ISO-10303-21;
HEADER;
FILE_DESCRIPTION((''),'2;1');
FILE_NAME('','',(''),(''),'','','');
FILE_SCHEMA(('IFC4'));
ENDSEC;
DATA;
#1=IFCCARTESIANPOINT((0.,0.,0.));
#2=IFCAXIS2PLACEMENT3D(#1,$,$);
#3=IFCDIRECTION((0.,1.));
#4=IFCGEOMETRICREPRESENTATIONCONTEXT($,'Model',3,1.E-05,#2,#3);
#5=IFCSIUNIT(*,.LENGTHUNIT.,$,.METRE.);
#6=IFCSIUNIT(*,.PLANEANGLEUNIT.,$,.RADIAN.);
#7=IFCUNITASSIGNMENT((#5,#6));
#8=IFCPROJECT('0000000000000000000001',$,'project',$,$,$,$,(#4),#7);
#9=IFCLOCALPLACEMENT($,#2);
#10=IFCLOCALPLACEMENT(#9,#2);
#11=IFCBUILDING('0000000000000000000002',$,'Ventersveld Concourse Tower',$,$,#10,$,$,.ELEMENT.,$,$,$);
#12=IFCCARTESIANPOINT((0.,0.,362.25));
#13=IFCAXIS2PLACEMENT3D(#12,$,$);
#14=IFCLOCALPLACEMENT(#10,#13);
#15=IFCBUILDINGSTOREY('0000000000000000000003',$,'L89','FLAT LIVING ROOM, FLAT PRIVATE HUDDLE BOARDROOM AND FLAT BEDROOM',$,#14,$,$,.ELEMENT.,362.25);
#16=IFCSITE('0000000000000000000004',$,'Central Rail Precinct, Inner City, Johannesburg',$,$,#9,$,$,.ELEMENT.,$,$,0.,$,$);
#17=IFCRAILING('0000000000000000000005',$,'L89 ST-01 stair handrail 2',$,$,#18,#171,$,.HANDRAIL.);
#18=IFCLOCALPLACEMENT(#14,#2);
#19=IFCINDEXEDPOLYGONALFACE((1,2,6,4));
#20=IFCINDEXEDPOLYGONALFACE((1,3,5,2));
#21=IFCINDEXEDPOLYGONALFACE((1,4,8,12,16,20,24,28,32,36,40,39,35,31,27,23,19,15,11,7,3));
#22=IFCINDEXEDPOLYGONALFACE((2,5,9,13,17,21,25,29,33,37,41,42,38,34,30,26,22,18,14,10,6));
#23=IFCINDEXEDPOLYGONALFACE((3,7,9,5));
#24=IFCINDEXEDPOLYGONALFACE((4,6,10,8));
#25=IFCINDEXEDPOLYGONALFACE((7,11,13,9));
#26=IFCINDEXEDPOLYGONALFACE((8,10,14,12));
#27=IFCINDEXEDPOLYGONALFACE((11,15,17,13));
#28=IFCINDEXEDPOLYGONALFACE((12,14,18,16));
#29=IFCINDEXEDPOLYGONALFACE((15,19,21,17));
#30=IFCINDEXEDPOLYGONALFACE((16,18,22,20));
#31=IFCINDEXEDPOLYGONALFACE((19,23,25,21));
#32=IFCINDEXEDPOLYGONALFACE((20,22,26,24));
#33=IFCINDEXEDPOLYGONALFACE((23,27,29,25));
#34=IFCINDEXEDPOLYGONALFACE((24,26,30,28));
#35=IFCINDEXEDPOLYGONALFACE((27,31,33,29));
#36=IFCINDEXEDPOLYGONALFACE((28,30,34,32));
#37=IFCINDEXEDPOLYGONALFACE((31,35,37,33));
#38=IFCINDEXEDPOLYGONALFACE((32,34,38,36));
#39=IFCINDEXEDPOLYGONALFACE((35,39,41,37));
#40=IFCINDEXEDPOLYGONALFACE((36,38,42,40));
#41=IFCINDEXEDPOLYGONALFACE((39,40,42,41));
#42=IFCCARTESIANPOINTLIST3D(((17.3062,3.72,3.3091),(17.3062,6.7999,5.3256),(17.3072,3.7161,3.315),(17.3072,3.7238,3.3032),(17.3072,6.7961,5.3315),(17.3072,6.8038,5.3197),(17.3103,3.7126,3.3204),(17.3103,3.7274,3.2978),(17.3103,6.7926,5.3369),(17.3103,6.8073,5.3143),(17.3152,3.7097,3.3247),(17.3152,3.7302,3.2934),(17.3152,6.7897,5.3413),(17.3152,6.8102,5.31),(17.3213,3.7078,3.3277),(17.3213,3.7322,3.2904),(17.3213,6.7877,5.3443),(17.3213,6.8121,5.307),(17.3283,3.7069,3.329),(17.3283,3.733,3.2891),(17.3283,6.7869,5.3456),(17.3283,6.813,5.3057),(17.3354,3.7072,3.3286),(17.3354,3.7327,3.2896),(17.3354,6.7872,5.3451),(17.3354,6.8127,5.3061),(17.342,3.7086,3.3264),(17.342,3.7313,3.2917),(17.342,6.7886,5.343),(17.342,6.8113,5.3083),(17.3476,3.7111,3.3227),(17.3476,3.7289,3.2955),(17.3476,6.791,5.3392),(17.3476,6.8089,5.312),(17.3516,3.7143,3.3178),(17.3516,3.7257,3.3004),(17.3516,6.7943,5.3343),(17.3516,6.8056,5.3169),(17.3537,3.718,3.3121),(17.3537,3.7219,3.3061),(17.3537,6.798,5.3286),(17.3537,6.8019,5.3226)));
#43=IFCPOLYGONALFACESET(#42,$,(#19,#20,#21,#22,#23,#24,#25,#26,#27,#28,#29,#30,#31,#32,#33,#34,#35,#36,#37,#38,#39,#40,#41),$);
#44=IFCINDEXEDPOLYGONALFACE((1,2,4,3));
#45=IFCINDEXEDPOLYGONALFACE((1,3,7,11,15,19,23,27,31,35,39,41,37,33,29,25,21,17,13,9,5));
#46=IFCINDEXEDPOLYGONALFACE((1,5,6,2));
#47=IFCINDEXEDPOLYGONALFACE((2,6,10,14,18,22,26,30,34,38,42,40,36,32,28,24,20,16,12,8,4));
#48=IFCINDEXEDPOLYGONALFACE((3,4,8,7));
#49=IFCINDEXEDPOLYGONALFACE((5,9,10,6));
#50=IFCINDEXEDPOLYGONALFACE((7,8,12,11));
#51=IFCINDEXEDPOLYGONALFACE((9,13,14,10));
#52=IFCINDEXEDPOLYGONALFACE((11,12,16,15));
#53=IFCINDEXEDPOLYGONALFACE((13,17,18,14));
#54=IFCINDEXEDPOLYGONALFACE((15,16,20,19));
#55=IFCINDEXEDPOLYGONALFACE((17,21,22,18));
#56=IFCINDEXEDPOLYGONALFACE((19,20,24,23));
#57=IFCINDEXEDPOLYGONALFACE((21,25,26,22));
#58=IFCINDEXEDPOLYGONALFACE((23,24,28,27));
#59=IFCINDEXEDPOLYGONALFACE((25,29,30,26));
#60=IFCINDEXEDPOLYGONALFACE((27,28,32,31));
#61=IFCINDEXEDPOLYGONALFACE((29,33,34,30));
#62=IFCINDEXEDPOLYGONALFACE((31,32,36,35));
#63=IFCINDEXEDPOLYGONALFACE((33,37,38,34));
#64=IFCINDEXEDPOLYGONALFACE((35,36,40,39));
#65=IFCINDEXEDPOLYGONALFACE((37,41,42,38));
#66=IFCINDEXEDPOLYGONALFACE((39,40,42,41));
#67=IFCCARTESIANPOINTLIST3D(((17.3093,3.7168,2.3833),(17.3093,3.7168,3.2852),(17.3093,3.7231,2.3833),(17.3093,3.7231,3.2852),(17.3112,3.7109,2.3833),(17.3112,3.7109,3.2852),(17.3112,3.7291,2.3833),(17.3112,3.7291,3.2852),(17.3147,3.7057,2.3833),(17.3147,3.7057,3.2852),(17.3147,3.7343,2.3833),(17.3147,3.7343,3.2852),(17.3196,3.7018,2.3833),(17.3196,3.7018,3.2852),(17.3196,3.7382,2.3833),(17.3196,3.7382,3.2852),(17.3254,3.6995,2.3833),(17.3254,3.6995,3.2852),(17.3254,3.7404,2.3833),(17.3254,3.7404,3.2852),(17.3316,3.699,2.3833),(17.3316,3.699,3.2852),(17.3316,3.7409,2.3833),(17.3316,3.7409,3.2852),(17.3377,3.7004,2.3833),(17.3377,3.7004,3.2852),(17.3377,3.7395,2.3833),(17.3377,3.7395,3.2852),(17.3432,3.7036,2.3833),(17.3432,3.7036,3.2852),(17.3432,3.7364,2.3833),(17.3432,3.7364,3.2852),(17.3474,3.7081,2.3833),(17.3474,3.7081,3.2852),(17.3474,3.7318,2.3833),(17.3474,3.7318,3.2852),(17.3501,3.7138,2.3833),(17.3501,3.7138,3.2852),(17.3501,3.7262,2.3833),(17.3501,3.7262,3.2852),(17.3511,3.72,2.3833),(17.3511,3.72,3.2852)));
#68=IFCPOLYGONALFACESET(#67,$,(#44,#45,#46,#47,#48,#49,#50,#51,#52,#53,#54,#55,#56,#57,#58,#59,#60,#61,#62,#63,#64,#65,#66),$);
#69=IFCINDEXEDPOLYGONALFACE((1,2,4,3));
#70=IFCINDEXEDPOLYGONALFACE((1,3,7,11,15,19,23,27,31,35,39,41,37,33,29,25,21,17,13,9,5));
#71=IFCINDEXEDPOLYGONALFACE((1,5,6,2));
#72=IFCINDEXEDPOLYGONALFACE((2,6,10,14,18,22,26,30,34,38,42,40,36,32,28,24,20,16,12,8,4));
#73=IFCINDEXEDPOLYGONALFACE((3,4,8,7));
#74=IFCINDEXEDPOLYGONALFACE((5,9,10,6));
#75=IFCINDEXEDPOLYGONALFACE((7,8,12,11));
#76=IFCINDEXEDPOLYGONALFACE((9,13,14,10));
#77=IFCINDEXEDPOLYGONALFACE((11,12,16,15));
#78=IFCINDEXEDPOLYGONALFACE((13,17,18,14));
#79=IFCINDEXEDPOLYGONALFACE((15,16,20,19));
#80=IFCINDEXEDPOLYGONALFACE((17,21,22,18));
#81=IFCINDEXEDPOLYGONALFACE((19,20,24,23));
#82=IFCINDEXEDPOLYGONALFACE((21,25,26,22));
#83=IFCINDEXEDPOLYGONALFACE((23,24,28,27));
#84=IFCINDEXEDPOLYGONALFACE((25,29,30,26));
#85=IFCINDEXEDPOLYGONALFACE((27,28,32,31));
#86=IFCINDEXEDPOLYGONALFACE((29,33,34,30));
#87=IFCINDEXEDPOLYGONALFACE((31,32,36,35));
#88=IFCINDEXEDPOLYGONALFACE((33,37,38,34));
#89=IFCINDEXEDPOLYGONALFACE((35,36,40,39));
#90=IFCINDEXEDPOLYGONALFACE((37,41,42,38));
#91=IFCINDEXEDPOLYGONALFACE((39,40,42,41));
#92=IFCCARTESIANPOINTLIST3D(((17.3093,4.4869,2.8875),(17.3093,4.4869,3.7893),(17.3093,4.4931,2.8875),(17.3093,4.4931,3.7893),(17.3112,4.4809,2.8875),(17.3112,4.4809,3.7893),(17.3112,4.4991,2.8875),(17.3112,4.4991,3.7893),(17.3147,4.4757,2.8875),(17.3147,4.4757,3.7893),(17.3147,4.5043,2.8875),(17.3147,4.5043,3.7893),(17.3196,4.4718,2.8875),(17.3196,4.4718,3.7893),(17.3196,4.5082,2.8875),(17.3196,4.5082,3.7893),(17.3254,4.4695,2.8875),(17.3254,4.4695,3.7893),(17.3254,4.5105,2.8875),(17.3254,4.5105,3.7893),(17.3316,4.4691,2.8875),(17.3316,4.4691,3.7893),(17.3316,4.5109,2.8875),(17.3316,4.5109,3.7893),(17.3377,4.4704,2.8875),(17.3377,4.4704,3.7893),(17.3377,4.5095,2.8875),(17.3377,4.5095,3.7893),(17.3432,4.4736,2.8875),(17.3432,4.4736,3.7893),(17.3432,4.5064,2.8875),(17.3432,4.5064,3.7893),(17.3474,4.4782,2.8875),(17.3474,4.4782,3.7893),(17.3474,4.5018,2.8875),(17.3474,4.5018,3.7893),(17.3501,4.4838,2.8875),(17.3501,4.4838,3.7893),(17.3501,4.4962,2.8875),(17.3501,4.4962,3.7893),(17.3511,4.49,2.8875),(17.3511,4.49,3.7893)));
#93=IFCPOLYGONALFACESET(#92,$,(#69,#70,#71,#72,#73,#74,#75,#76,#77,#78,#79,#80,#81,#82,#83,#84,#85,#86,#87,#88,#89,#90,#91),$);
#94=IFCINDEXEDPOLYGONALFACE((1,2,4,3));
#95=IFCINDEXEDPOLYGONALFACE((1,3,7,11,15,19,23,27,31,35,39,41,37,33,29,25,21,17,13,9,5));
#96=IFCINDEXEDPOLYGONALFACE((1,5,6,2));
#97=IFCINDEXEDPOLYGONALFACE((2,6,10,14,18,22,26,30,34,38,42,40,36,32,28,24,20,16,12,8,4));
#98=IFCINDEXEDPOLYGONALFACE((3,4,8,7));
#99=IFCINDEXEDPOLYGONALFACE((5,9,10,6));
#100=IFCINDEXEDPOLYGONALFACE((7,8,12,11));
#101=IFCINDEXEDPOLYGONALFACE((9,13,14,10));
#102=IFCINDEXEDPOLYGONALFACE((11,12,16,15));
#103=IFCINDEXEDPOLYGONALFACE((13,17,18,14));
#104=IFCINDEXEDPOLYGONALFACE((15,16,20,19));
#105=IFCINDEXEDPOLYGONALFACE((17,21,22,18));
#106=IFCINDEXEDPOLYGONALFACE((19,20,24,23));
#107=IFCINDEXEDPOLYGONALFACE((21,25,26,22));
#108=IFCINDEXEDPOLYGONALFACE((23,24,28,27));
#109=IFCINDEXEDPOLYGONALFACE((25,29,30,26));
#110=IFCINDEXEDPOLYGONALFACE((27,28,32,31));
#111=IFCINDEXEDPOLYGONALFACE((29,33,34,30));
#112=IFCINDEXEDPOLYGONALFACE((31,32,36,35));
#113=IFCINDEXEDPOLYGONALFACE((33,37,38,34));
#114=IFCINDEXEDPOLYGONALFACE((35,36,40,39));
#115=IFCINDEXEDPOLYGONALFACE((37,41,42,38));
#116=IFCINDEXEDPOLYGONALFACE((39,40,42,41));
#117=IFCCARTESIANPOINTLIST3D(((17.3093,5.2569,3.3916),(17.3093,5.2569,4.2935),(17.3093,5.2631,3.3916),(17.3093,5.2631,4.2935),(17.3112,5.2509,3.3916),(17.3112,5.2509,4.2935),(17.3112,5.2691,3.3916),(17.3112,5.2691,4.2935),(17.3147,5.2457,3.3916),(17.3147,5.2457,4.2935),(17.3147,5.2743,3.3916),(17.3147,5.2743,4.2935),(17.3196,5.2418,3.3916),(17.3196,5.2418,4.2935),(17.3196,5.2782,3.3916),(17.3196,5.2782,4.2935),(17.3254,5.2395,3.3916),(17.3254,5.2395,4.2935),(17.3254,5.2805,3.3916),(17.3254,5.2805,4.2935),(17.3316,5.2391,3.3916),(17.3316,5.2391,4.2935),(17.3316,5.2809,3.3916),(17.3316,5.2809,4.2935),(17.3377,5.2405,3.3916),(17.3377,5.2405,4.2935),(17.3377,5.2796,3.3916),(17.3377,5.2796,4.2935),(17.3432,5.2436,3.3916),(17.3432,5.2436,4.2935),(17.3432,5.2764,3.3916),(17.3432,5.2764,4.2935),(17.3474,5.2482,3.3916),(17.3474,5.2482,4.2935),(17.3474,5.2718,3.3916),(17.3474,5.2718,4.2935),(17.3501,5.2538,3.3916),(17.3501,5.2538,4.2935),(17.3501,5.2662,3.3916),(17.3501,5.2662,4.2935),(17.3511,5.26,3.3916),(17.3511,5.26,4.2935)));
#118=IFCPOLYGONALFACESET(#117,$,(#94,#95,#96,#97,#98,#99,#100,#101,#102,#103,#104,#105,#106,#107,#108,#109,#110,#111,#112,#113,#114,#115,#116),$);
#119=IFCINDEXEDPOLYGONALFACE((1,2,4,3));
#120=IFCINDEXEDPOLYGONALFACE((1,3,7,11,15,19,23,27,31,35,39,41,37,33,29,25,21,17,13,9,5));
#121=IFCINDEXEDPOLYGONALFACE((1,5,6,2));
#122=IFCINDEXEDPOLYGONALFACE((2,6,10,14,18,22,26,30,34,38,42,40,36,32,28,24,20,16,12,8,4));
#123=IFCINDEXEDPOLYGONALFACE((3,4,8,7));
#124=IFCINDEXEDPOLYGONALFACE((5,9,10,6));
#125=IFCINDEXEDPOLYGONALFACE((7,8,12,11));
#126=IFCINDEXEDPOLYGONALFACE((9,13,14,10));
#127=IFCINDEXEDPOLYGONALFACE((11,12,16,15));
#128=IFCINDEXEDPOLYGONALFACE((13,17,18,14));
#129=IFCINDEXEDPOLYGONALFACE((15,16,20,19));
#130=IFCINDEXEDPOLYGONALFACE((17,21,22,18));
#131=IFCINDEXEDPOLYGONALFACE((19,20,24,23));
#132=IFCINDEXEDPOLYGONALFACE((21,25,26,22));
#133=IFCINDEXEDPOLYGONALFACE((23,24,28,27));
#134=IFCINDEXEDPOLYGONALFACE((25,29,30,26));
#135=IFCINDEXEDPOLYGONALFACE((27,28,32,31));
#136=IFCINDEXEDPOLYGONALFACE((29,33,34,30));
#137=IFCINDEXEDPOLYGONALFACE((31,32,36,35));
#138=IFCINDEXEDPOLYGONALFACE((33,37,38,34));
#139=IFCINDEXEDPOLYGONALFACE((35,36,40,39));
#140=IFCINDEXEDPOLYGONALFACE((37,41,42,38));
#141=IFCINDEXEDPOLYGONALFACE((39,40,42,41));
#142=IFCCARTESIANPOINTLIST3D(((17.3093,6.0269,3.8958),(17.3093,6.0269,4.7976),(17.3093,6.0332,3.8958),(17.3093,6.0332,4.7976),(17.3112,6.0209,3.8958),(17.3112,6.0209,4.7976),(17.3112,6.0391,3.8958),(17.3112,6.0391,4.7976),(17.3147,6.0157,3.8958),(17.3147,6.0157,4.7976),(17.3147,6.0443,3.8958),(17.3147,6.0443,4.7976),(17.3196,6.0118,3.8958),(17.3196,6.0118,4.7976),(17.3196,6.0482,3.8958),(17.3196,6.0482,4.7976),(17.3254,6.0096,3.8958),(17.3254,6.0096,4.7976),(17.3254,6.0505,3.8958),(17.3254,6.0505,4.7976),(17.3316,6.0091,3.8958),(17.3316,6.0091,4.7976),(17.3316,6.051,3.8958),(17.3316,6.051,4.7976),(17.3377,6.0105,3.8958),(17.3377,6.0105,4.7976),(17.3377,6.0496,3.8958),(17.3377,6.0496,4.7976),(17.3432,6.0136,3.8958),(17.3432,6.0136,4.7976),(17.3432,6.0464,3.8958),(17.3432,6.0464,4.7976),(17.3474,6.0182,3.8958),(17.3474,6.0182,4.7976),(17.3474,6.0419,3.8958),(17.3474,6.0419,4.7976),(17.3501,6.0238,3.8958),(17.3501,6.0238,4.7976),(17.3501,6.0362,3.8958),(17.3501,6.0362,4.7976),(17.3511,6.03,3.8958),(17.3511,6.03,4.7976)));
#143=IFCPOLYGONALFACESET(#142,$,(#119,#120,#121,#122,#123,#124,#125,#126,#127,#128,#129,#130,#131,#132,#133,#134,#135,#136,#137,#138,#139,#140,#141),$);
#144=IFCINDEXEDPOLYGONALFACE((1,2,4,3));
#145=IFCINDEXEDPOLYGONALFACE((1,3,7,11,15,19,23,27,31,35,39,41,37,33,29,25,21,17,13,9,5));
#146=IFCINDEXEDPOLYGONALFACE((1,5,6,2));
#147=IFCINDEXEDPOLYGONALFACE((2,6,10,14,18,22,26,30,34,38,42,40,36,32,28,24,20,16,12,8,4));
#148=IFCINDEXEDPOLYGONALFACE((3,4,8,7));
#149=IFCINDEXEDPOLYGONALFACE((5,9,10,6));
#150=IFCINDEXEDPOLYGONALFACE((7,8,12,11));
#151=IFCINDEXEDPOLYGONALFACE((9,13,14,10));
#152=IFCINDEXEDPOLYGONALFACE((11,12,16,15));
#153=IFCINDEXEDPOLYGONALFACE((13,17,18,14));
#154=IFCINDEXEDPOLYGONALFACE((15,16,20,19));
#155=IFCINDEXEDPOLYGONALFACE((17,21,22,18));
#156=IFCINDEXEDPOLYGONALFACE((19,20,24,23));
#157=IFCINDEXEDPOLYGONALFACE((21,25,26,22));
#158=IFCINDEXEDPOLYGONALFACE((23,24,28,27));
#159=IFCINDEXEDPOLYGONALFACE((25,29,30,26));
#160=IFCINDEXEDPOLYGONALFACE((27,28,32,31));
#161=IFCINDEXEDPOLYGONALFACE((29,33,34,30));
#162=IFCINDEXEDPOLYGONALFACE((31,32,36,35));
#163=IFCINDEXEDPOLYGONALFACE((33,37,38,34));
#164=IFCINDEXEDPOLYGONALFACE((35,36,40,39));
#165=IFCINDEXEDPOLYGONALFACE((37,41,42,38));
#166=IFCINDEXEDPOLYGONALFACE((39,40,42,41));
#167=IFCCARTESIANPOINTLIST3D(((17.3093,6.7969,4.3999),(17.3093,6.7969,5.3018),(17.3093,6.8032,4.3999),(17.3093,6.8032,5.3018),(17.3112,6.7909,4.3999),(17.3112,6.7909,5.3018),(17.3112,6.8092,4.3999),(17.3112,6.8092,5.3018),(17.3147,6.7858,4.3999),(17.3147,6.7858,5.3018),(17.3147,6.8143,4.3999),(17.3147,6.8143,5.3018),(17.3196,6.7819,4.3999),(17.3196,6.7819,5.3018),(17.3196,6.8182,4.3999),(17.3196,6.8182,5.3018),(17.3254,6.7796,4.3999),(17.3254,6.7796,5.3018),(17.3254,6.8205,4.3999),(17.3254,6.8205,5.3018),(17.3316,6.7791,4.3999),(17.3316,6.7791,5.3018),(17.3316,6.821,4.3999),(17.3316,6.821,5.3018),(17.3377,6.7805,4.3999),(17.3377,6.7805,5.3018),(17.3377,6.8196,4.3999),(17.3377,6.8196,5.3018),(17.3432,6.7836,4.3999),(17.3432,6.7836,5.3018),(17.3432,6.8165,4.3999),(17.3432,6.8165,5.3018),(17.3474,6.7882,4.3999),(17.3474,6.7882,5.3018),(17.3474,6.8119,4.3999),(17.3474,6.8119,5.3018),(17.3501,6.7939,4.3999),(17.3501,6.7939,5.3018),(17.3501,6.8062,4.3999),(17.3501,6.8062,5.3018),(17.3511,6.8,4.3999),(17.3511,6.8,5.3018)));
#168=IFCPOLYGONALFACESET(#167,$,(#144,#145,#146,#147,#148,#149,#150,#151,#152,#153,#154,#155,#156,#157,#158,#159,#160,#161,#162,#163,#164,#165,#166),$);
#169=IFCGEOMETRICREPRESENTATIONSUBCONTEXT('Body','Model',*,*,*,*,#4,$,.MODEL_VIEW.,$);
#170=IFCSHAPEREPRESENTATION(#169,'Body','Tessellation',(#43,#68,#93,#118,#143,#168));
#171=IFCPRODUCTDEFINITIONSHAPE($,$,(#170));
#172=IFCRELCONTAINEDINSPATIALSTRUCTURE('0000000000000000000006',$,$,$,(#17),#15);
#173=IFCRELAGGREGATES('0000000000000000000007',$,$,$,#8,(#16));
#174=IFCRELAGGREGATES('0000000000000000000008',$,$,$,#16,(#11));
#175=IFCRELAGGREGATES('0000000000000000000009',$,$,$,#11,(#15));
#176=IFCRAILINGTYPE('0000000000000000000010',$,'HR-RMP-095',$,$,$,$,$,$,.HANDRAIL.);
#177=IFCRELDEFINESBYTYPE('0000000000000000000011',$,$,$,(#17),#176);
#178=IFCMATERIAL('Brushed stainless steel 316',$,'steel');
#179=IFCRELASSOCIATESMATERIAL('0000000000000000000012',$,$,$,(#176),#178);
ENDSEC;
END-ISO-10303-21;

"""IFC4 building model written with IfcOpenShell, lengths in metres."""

from ifc_helpers import new_model, si_unit, direction, frame, origin, origin_2d, place, context, subcontext, project, spatial, circle, extrude, material, type_object, element, save


model = new_model("IFC4")

# Units and contexts
model_context = context("Model", 3, precision=1e-05, world=origin(), true_north=direction((0.0, 1.0)))
body_context = subcontext(model_context, "Body", "Model", "MODEL_VIEW")
ifc_project = project(units=[si_unit("LENGTHUNIT", "METRE"), si_unit("PLANEANGLEUNIT", "RADIAN")], contexts=[model_context])

# Site, building, storey
site_placement = place(None, origin())
site = spatial("IfcSite", under=ifc_project, at=site_placement, Name="Central Rail Precinct, Inner City, Johannesburg", CompositionType="ELEMENT", RefElevation=0.0)
building_placement = place(site_placement, origin())
building = spatial("IfcBuilding", under=site, at=building_placement, Name="Ventersveld Concourse Tower", CompositionType="ELEMENT")
storey_placement = place(building_placement, frame((0.0, 0.0, 362.25)))
storey = spatial("IfcBuildingStorey", under=building, at=storey_placement, Name="L89", Description="FLAT LIVING ROOM, FLAT PRIVATE HUDDLE BOARDROOM AND FLAT BEDROOM", CompositionType="ELEMENT", Elevation=362.25)

# Shared definitions
ifc_material_1 = material(Name="Brushed stainless steel 316", Category="steel")

# Railing
railing_type_1 = type_object("IfcRailingType", Name="HR-RMP-095", PredefinedType="HANDRAIL", material=ifc_material_1)
railing_1_placement = place(storey_placement, frame((17.3301, 3.72, 2.3833)))
element("IfcRailing", 1, at=railing_1_placement, inside=storey, type_object=railing_type_1, Name="L89 ST-01 stair handrail 2", PredefinedType="HANDRAIL", context=body_context, shape_type="SweptSolid", body=[
    extrude(circle(Radius=0.0239, at=origin_2d()), frame((0.0, 0.0, 0.9258), z_axis=(0.0, 0.836633, 0.547764), x_axis=(-1.0, 0.0, 0.0)), (0.0, 0.0, 1.0), 3.6814),
    extrude(circle(Radius=0.021, at=origin_2d()), origin(), (0.0, 0.0, 1.0), 0.9019),
    extrude(circle(Radius=0.021, at=origin_2d()), frame((0.0, 0.77, 0.5042)), (0.0, 0.0, 1.0), 0.9019),
    extrude(circle(Radius=0.021, at=origin_2d()), frame((0.0, 1.54, 1.0083)), (0.0, 0.0, 1.0), 0.9019),
    extrude(circle(Radius=0.021, at=origin_2d()), frame((0.0, 2.3101, 1.5125)), (0.0, 0.0, 1.0), 0.9019),
    extrude(circle(Radius=0.021, at=origin_2d()), frame((0.0, 3.0801, 2.0166)), (0.0, 0.0, 1.0), 0.9019),
])

save(model, "model.ifc")
